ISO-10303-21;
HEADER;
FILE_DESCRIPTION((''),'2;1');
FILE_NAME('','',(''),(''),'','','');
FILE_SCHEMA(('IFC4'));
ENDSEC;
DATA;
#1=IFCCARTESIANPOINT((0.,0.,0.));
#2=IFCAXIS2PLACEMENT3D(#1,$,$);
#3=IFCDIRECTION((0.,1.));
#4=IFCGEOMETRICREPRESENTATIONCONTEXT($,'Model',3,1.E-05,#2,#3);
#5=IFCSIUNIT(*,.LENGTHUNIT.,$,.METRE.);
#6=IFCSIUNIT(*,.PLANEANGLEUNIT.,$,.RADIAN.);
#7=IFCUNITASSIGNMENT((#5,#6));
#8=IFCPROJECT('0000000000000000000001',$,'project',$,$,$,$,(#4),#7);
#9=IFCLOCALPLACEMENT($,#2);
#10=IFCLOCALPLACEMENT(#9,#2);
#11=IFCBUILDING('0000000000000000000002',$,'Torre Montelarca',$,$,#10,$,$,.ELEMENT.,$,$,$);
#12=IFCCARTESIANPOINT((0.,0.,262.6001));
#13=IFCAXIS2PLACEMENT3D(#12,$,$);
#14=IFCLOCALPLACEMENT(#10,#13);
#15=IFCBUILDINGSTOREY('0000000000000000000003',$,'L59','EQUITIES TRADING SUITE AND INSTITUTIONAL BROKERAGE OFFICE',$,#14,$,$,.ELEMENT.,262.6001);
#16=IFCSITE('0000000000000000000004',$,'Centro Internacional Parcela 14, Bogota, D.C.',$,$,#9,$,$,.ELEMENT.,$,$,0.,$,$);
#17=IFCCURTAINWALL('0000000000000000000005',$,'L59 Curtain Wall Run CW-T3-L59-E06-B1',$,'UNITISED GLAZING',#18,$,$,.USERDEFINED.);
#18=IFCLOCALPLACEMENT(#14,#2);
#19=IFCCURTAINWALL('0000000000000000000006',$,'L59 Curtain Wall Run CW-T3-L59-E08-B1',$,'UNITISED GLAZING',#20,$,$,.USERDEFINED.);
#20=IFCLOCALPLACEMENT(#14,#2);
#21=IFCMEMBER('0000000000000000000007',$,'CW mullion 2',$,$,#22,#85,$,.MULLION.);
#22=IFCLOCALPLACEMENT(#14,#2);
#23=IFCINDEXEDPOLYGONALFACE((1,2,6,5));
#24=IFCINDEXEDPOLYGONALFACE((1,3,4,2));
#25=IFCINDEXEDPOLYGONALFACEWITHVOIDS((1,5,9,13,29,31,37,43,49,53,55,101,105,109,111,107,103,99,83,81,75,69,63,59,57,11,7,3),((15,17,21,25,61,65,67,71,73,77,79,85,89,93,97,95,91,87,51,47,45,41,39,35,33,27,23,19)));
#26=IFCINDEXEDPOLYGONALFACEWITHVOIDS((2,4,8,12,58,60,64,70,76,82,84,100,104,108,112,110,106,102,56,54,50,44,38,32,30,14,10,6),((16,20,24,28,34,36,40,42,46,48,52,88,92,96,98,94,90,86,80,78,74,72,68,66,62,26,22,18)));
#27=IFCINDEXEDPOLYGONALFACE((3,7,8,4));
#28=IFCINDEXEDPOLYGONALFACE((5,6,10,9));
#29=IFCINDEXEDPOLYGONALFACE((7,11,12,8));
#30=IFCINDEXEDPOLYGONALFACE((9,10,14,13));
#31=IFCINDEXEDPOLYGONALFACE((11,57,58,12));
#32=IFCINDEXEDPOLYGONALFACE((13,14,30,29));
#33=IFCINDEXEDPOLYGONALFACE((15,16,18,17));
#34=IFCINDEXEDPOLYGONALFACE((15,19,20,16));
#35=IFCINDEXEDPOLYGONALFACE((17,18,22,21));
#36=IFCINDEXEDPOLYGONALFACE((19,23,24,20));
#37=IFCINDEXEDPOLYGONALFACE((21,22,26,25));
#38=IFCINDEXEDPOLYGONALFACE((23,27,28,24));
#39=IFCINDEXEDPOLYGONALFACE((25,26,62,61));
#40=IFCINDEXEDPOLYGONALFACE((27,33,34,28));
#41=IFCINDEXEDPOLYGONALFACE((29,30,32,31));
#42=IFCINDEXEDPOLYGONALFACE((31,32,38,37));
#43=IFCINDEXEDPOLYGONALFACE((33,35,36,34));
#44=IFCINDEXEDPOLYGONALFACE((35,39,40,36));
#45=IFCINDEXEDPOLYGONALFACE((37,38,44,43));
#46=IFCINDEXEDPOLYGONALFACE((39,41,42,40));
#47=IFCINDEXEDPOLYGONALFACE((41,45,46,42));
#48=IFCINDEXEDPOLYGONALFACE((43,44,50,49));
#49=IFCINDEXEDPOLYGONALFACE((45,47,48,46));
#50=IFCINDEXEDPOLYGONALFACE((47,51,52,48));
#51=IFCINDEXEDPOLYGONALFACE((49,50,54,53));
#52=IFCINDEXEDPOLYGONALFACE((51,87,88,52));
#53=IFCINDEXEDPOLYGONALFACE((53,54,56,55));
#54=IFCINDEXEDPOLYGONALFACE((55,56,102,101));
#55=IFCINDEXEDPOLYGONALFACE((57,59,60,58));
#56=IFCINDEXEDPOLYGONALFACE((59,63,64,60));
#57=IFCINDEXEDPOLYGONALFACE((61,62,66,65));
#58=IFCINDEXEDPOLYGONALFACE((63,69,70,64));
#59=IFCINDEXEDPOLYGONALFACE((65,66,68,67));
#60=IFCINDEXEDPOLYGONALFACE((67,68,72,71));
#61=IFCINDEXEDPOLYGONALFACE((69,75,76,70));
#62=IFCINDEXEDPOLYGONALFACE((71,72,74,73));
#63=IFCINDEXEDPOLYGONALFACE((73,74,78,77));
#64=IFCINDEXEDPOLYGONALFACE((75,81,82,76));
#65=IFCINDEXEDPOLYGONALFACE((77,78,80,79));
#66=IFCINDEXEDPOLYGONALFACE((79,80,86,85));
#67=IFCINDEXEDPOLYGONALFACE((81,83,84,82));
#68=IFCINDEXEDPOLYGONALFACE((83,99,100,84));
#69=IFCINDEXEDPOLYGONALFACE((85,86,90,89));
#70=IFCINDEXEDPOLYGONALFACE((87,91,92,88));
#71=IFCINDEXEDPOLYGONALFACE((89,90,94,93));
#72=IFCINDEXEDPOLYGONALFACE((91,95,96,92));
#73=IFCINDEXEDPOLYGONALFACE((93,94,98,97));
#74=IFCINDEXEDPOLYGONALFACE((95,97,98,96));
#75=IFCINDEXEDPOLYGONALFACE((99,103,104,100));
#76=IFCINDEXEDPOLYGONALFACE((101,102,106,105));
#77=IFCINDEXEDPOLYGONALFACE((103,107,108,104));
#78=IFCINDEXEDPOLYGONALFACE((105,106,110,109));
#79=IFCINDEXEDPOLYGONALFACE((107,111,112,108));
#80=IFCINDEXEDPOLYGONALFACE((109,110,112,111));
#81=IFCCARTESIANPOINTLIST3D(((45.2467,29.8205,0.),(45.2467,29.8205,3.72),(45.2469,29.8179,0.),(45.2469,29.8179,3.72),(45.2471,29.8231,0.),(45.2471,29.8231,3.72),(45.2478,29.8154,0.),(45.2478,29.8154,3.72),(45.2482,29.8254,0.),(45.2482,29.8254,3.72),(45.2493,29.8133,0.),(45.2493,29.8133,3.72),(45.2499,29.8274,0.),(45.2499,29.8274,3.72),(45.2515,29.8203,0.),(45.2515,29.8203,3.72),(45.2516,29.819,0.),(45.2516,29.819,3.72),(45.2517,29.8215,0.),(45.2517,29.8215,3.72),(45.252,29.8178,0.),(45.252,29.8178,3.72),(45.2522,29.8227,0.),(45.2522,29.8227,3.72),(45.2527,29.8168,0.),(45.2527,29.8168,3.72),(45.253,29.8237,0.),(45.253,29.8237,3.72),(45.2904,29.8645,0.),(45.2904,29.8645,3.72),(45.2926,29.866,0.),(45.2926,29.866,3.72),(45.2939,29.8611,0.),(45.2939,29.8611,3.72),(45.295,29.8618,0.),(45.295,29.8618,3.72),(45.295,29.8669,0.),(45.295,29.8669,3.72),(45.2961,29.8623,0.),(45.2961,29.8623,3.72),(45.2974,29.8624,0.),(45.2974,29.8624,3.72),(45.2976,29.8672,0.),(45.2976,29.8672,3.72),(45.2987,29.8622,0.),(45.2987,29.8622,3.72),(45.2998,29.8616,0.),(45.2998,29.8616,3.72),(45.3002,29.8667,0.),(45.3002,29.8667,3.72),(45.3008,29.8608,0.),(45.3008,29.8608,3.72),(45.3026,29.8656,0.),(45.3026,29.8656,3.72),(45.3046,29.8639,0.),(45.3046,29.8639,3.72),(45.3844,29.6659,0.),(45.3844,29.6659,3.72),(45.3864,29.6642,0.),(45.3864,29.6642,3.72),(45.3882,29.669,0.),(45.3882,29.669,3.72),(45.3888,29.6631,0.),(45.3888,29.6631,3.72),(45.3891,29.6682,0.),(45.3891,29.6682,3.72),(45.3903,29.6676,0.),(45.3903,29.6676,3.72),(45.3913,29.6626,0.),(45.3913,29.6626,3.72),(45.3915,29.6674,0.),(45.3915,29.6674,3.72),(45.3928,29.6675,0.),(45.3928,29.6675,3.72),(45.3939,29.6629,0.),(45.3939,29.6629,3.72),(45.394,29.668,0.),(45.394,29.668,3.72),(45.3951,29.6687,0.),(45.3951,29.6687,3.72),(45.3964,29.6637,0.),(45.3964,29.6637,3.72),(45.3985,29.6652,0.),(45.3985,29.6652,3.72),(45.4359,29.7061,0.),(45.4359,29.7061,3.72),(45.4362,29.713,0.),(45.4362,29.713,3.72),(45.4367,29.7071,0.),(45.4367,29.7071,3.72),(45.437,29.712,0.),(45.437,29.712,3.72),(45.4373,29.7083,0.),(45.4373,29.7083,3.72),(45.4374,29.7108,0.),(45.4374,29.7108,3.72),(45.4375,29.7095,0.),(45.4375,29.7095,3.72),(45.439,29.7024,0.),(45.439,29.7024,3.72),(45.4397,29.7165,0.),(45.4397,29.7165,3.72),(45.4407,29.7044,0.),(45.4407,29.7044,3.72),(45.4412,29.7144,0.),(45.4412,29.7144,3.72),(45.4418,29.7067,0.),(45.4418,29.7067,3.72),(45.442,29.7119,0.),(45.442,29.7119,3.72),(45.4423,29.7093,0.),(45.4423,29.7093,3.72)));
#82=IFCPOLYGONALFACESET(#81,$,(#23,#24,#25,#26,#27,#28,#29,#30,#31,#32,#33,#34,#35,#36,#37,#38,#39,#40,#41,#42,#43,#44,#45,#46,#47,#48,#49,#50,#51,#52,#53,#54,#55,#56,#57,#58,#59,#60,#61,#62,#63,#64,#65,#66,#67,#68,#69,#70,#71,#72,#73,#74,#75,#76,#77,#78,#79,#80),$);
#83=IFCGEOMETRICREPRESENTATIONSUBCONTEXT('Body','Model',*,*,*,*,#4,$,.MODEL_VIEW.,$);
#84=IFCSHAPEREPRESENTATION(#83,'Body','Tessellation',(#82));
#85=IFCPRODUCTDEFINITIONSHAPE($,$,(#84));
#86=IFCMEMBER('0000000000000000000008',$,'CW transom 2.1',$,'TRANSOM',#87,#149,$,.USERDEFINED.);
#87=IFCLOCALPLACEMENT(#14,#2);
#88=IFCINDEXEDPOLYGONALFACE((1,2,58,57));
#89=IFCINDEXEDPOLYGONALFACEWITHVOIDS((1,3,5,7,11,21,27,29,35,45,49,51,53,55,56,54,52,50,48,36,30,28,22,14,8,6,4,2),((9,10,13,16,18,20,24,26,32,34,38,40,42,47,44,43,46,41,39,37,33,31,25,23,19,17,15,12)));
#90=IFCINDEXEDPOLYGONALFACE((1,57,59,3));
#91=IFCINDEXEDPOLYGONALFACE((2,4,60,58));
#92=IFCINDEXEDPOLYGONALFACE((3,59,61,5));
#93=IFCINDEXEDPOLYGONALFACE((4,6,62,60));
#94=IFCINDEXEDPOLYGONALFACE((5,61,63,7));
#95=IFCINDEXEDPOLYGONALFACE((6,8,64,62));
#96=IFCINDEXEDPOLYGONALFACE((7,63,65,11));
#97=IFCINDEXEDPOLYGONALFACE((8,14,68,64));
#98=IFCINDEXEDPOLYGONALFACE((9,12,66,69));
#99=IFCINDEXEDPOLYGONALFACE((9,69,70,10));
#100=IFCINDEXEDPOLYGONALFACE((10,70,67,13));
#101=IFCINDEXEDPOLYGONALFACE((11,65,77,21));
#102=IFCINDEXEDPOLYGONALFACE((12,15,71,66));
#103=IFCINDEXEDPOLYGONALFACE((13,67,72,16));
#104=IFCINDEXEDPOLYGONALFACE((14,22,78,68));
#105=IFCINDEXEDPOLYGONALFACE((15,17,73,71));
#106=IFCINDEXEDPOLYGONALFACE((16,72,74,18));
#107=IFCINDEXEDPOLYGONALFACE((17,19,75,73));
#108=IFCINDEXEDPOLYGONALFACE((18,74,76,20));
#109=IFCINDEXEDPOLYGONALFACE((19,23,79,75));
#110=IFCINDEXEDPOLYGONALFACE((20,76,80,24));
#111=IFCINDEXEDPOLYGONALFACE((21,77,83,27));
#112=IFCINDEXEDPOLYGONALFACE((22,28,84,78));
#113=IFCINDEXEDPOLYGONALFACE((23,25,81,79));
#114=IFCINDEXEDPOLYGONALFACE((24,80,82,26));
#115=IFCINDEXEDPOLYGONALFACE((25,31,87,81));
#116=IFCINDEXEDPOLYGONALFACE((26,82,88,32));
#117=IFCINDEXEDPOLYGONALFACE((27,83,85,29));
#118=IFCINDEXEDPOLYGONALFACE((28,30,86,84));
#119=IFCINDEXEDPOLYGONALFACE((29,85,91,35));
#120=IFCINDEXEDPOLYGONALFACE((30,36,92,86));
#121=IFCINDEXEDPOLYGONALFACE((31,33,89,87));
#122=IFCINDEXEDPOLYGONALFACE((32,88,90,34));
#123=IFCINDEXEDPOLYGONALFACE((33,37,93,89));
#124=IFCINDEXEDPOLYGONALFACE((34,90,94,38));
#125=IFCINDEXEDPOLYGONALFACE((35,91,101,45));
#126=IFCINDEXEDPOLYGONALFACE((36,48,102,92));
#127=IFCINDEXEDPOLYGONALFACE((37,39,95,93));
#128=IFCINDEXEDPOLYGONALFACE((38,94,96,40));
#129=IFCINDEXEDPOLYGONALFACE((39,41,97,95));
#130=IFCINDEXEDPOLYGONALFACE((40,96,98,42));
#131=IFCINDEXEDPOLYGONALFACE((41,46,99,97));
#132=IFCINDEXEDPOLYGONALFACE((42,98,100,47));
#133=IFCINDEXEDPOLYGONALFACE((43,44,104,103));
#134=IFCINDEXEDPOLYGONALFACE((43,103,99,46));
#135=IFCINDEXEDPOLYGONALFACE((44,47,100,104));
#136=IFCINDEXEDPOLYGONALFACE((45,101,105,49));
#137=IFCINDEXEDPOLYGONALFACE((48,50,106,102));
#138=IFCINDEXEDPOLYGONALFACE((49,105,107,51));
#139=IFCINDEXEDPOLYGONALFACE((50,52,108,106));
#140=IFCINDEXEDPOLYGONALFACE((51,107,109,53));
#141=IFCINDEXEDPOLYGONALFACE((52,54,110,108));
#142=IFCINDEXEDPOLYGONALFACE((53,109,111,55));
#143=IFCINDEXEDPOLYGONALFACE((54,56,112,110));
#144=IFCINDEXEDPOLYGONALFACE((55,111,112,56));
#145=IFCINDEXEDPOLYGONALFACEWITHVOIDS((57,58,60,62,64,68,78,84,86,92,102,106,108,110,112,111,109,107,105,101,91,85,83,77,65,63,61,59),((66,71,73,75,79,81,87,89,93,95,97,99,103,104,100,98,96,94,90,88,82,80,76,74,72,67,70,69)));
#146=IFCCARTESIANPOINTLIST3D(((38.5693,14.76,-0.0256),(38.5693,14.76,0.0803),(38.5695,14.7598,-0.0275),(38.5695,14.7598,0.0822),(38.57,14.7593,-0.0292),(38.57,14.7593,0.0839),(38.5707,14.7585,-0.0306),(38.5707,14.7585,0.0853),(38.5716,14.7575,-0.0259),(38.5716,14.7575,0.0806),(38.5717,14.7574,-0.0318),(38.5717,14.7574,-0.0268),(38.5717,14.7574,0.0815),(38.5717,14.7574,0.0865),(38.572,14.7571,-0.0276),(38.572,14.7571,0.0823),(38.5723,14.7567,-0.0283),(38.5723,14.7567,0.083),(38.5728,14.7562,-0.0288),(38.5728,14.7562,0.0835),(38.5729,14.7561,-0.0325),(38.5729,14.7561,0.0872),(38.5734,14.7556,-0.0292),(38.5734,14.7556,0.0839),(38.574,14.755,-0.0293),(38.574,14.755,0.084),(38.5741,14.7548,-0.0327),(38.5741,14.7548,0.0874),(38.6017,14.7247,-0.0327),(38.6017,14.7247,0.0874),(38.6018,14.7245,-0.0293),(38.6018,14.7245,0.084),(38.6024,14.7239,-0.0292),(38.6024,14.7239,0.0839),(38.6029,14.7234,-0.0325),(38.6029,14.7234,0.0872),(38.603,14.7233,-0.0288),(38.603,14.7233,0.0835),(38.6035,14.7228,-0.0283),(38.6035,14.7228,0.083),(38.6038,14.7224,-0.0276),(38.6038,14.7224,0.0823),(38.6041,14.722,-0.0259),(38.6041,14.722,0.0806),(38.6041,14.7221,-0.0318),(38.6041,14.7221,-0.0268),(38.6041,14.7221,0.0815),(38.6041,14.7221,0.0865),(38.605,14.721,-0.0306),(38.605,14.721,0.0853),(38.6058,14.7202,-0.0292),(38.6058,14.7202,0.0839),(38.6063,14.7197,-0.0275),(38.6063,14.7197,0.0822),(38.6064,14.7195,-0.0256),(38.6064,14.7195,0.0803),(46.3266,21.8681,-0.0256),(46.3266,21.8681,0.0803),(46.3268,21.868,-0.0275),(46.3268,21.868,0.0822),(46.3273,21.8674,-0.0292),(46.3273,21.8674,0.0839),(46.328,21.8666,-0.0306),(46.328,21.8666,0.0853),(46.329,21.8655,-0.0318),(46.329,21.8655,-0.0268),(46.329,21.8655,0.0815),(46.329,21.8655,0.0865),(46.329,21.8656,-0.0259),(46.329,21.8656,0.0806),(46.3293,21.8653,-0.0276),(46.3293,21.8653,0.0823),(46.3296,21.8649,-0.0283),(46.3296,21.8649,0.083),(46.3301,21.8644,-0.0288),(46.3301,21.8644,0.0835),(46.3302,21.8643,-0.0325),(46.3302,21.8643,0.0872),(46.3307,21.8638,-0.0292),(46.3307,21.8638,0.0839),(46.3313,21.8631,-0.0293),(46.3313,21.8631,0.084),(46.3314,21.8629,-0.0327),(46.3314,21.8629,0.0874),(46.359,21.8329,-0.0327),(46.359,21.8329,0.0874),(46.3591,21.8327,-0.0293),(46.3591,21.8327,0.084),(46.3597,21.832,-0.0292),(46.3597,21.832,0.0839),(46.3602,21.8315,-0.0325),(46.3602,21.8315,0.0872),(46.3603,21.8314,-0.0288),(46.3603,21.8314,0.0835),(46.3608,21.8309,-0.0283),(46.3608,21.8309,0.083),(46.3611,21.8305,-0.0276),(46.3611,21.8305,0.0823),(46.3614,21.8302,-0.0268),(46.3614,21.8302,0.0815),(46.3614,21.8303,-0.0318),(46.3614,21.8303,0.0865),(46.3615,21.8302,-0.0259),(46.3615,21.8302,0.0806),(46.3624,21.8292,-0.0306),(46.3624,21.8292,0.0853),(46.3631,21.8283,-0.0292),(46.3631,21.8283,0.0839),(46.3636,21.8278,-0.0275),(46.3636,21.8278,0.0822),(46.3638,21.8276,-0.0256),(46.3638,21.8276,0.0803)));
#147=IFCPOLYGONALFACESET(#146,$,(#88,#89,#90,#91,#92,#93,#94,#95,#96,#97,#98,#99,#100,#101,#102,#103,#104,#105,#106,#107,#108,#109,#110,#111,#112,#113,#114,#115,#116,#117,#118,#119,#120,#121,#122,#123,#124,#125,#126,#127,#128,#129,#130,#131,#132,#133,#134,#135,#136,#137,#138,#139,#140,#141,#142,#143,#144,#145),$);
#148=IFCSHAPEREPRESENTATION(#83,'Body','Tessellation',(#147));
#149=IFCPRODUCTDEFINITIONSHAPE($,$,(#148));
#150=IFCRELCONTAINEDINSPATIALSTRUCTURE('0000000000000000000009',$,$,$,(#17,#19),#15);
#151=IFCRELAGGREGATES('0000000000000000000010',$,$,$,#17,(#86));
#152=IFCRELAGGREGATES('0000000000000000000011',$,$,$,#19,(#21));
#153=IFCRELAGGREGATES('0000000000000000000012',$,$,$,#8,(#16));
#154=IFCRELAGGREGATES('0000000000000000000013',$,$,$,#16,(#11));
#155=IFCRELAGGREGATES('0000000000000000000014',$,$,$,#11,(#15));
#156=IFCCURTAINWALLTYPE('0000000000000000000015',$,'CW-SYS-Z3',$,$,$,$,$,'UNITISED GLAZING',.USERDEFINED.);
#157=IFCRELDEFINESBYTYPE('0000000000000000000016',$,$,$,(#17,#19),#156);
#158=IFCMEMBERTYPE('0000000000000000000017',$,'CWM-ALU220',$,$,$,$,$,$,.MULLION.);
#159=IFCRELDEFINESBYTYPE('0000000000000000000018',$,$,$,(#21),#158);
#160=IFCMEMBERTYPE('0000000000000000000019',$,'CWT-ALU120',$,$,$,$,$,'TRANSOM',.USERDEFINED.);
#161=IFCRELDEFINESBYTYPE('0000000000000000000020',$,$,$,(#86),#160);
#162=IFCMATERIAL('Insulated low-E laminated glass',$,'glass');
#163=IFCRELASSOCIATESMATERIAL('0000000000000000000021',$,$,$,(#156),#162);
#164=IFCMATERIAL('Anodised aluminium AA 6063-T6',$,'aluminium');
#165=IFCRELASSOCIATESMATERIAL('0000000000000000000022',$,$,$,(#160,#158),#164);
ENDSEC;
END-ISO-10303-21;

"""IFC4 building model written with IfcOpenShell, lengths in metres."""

from ifc_helpers import new_model, si_unit, direction, frame, origin, origin_2d, place, context, subcontext, project, spatial, hollow_rectangle, extrude, source, transform, mapped, material, material_profile, profile_set, type_object, element, aggregate, save


model = new_model("IFC4")

# Units and contexts
model_context = context("Model", 3, precision=1e-05, world=origin(), true_north=direction((0.0, 1.0)))
body_context = subcontext(model_context, "Body", "Model", "MODEL_VIEW")
ifc_project = project(units=[si_unit("LENGTHUNIT", "METRE"), si_unit("PLANEANGLEUNIT", "RADIAN")], contexts=[model_context])

# Site, building, storey
site_placement = place(None, origin())
site = spatial("IfcSite", under=ifc_project, at=site_placement, Name="Centro Internacional Parcela 14, Bogota, D.C.", CompositionType="ELEMENT", RefElevation=0.0)
building_placement = place(site_placement, origin())
building = spatial("IfcBuilding", under=site, at=building_placement, Name="Torre Montelarca", CompositionType="ELEMENT")
storey_placement = place(building_placement, frame((0.0, 0.0, 262.6001)))
storey = spatial("IfcBuildingStorey", under=building, at=storey_placement, Name="L59", Description="EQUITIES TRADING SUITE AND INSTITUTIONAL BROKERAGE OFFICE", CompositionType="ELEMENT", Elevation=262.6001)

# Curtain wall
ifc_material_1 = material(Name="Insulated low-E laminated glass", Category="glass")
curtain_wall_type = type_object("IfcCurtainWallType", Name="CW-SYS-Z3", ElementType="UNITISED GLAZING", PredefinedType="USERDEFINED", material=ifc_material_1)
ifc_material_2 = material(Name="Anodised aluminium AA 6063-T6", Category="aluminium")
ifc_material_profile_1 = material_profile(ifc_material_2, hollow_rectangle(XDim=0.0549, YDim=0.1201, WallThickness=0.0034, InnerFilletRadius=0.0034, OuterFilletRadius=0.0071, at=origin_2d()), Name="ALU55X120X3.5", Category="aluminium")
ifc_profile_set_1 = profile_set([ifc_material_profile_1], Name="Anodised aluminium AA 6063-T6")
member_type_1 = type_object("IfcMemberType", Name="CWT-ALU120", ElementType="TRANSOM", PredefinedType="USERDEFINED", material=ifc_profile_set_1)
curtain_wall_1_placement = place(storey_placement, origin())
curtain_wall_1 = element("IfcCurtainWall", 1, at=curtain_wall_1_placement, inside=storey, type_object=curtain_wall_type, Name="L59 Curtain Wall Run CW-T3-L59-E06-B1", ObjectType="UNITISED GLAZING", PredefinedType="USERDEFINED")
ifc_material_profile_2 = material_profile(ifc_material_2, hollow_rectangle(XDim=0.075, YDim=0.22, WallThickness=0.0049, InnerFilletRadius=0.0049, OuterFilletRadius=0.01, at=origin_2d()), Name="ALU75X220X5", Category="aluminium")
ifc_profile_set_2 = profile_set([ifc_material_profile_2], Name="Anodised aluminium AA 6063-T6")
member_type_2 = type_object("IfcMemberType", Name="CWM-ALU220", PredefinedType="MULLION", material=ifc_profile_set_2)
shared_shape_1 = source(origin(), body_context, "Body", "SweptSolid", [
    extrude(hollow_rectangle(XDim=0.075, YDim=0.22, WallThickness=0.0049, InnerFilletRadius=0.0049, OuterFilletRadius=0.01, at=origin_2d()), origin(), (0.0, 0.0, 1.0), 3.72),
])

# Curtain wall, member
curtain_wall_2_placement = place(storey_placement, origin())
curtain_wall_2 = element("IfcCurtainWall", 2, at=curtain_wall_2_placement, inside=storey, type_object=curtain_wall_type, Name="L59 Curtain Wall Run CW-T3-L59-E08-B1", ObjectType="UNITISED GLAZING", PredefinedType="USERDEFINED")
member_1_placement = place(storey_placement, frame((45.3445, 29.7649, 0.0), z_axis=(0.0, 0.0, 1.0), x_axis=(-0.737286, -0.67558, 0.0)))
member_1 = element("IfcMember", 3, at=member_1_placement, type_object=member_type_2, Name="CW mullion 2", PredefinedType="MULLION", context=body_context, shape_type="MappedRepresentation", body=[
    mapped(shared_shape_1, transform((0.0, 0.0, 0.0), scale=1.0)),
])

# Member
shared_shape_2 = source(origin(), body_context, "Body", "SweptSolid", [
    extrude(hollow_rectangle(XDim=0.0549, YDim=0.1201, WallThickness=0.0034, InnerFilletRadius=0.0034, OuterFilletRadius=0.0071, at=origin_2d()), origin(), (0.0, 0.0, 1.0), 10.5215),
])
member_2_placement = place(storey_placement, frame((38.5879, 14.7397, 0.0273), z_axis=(0.737283, 0.675584, 0.0), x_axis=(-0.675584, 0.737283, 0.0)))
member_2 = element("IfcMember", 4, at=member_2_placement, type_object=member_type_1, Name="CW transom 2.1", ObjectType="TRANSOM", PredefinedType="USERDEFINED", context=body_context, shape_type="MappedRepresentation", body=[
    mapped(shared_shape_2, transform((0.0, 0.0, 0.0), scale=1.0)),
])

aggregate(curtain_wall_1, [member_2])
aggregate(curtain_wall_2, [member_1])

save(model, "model.ifc")
